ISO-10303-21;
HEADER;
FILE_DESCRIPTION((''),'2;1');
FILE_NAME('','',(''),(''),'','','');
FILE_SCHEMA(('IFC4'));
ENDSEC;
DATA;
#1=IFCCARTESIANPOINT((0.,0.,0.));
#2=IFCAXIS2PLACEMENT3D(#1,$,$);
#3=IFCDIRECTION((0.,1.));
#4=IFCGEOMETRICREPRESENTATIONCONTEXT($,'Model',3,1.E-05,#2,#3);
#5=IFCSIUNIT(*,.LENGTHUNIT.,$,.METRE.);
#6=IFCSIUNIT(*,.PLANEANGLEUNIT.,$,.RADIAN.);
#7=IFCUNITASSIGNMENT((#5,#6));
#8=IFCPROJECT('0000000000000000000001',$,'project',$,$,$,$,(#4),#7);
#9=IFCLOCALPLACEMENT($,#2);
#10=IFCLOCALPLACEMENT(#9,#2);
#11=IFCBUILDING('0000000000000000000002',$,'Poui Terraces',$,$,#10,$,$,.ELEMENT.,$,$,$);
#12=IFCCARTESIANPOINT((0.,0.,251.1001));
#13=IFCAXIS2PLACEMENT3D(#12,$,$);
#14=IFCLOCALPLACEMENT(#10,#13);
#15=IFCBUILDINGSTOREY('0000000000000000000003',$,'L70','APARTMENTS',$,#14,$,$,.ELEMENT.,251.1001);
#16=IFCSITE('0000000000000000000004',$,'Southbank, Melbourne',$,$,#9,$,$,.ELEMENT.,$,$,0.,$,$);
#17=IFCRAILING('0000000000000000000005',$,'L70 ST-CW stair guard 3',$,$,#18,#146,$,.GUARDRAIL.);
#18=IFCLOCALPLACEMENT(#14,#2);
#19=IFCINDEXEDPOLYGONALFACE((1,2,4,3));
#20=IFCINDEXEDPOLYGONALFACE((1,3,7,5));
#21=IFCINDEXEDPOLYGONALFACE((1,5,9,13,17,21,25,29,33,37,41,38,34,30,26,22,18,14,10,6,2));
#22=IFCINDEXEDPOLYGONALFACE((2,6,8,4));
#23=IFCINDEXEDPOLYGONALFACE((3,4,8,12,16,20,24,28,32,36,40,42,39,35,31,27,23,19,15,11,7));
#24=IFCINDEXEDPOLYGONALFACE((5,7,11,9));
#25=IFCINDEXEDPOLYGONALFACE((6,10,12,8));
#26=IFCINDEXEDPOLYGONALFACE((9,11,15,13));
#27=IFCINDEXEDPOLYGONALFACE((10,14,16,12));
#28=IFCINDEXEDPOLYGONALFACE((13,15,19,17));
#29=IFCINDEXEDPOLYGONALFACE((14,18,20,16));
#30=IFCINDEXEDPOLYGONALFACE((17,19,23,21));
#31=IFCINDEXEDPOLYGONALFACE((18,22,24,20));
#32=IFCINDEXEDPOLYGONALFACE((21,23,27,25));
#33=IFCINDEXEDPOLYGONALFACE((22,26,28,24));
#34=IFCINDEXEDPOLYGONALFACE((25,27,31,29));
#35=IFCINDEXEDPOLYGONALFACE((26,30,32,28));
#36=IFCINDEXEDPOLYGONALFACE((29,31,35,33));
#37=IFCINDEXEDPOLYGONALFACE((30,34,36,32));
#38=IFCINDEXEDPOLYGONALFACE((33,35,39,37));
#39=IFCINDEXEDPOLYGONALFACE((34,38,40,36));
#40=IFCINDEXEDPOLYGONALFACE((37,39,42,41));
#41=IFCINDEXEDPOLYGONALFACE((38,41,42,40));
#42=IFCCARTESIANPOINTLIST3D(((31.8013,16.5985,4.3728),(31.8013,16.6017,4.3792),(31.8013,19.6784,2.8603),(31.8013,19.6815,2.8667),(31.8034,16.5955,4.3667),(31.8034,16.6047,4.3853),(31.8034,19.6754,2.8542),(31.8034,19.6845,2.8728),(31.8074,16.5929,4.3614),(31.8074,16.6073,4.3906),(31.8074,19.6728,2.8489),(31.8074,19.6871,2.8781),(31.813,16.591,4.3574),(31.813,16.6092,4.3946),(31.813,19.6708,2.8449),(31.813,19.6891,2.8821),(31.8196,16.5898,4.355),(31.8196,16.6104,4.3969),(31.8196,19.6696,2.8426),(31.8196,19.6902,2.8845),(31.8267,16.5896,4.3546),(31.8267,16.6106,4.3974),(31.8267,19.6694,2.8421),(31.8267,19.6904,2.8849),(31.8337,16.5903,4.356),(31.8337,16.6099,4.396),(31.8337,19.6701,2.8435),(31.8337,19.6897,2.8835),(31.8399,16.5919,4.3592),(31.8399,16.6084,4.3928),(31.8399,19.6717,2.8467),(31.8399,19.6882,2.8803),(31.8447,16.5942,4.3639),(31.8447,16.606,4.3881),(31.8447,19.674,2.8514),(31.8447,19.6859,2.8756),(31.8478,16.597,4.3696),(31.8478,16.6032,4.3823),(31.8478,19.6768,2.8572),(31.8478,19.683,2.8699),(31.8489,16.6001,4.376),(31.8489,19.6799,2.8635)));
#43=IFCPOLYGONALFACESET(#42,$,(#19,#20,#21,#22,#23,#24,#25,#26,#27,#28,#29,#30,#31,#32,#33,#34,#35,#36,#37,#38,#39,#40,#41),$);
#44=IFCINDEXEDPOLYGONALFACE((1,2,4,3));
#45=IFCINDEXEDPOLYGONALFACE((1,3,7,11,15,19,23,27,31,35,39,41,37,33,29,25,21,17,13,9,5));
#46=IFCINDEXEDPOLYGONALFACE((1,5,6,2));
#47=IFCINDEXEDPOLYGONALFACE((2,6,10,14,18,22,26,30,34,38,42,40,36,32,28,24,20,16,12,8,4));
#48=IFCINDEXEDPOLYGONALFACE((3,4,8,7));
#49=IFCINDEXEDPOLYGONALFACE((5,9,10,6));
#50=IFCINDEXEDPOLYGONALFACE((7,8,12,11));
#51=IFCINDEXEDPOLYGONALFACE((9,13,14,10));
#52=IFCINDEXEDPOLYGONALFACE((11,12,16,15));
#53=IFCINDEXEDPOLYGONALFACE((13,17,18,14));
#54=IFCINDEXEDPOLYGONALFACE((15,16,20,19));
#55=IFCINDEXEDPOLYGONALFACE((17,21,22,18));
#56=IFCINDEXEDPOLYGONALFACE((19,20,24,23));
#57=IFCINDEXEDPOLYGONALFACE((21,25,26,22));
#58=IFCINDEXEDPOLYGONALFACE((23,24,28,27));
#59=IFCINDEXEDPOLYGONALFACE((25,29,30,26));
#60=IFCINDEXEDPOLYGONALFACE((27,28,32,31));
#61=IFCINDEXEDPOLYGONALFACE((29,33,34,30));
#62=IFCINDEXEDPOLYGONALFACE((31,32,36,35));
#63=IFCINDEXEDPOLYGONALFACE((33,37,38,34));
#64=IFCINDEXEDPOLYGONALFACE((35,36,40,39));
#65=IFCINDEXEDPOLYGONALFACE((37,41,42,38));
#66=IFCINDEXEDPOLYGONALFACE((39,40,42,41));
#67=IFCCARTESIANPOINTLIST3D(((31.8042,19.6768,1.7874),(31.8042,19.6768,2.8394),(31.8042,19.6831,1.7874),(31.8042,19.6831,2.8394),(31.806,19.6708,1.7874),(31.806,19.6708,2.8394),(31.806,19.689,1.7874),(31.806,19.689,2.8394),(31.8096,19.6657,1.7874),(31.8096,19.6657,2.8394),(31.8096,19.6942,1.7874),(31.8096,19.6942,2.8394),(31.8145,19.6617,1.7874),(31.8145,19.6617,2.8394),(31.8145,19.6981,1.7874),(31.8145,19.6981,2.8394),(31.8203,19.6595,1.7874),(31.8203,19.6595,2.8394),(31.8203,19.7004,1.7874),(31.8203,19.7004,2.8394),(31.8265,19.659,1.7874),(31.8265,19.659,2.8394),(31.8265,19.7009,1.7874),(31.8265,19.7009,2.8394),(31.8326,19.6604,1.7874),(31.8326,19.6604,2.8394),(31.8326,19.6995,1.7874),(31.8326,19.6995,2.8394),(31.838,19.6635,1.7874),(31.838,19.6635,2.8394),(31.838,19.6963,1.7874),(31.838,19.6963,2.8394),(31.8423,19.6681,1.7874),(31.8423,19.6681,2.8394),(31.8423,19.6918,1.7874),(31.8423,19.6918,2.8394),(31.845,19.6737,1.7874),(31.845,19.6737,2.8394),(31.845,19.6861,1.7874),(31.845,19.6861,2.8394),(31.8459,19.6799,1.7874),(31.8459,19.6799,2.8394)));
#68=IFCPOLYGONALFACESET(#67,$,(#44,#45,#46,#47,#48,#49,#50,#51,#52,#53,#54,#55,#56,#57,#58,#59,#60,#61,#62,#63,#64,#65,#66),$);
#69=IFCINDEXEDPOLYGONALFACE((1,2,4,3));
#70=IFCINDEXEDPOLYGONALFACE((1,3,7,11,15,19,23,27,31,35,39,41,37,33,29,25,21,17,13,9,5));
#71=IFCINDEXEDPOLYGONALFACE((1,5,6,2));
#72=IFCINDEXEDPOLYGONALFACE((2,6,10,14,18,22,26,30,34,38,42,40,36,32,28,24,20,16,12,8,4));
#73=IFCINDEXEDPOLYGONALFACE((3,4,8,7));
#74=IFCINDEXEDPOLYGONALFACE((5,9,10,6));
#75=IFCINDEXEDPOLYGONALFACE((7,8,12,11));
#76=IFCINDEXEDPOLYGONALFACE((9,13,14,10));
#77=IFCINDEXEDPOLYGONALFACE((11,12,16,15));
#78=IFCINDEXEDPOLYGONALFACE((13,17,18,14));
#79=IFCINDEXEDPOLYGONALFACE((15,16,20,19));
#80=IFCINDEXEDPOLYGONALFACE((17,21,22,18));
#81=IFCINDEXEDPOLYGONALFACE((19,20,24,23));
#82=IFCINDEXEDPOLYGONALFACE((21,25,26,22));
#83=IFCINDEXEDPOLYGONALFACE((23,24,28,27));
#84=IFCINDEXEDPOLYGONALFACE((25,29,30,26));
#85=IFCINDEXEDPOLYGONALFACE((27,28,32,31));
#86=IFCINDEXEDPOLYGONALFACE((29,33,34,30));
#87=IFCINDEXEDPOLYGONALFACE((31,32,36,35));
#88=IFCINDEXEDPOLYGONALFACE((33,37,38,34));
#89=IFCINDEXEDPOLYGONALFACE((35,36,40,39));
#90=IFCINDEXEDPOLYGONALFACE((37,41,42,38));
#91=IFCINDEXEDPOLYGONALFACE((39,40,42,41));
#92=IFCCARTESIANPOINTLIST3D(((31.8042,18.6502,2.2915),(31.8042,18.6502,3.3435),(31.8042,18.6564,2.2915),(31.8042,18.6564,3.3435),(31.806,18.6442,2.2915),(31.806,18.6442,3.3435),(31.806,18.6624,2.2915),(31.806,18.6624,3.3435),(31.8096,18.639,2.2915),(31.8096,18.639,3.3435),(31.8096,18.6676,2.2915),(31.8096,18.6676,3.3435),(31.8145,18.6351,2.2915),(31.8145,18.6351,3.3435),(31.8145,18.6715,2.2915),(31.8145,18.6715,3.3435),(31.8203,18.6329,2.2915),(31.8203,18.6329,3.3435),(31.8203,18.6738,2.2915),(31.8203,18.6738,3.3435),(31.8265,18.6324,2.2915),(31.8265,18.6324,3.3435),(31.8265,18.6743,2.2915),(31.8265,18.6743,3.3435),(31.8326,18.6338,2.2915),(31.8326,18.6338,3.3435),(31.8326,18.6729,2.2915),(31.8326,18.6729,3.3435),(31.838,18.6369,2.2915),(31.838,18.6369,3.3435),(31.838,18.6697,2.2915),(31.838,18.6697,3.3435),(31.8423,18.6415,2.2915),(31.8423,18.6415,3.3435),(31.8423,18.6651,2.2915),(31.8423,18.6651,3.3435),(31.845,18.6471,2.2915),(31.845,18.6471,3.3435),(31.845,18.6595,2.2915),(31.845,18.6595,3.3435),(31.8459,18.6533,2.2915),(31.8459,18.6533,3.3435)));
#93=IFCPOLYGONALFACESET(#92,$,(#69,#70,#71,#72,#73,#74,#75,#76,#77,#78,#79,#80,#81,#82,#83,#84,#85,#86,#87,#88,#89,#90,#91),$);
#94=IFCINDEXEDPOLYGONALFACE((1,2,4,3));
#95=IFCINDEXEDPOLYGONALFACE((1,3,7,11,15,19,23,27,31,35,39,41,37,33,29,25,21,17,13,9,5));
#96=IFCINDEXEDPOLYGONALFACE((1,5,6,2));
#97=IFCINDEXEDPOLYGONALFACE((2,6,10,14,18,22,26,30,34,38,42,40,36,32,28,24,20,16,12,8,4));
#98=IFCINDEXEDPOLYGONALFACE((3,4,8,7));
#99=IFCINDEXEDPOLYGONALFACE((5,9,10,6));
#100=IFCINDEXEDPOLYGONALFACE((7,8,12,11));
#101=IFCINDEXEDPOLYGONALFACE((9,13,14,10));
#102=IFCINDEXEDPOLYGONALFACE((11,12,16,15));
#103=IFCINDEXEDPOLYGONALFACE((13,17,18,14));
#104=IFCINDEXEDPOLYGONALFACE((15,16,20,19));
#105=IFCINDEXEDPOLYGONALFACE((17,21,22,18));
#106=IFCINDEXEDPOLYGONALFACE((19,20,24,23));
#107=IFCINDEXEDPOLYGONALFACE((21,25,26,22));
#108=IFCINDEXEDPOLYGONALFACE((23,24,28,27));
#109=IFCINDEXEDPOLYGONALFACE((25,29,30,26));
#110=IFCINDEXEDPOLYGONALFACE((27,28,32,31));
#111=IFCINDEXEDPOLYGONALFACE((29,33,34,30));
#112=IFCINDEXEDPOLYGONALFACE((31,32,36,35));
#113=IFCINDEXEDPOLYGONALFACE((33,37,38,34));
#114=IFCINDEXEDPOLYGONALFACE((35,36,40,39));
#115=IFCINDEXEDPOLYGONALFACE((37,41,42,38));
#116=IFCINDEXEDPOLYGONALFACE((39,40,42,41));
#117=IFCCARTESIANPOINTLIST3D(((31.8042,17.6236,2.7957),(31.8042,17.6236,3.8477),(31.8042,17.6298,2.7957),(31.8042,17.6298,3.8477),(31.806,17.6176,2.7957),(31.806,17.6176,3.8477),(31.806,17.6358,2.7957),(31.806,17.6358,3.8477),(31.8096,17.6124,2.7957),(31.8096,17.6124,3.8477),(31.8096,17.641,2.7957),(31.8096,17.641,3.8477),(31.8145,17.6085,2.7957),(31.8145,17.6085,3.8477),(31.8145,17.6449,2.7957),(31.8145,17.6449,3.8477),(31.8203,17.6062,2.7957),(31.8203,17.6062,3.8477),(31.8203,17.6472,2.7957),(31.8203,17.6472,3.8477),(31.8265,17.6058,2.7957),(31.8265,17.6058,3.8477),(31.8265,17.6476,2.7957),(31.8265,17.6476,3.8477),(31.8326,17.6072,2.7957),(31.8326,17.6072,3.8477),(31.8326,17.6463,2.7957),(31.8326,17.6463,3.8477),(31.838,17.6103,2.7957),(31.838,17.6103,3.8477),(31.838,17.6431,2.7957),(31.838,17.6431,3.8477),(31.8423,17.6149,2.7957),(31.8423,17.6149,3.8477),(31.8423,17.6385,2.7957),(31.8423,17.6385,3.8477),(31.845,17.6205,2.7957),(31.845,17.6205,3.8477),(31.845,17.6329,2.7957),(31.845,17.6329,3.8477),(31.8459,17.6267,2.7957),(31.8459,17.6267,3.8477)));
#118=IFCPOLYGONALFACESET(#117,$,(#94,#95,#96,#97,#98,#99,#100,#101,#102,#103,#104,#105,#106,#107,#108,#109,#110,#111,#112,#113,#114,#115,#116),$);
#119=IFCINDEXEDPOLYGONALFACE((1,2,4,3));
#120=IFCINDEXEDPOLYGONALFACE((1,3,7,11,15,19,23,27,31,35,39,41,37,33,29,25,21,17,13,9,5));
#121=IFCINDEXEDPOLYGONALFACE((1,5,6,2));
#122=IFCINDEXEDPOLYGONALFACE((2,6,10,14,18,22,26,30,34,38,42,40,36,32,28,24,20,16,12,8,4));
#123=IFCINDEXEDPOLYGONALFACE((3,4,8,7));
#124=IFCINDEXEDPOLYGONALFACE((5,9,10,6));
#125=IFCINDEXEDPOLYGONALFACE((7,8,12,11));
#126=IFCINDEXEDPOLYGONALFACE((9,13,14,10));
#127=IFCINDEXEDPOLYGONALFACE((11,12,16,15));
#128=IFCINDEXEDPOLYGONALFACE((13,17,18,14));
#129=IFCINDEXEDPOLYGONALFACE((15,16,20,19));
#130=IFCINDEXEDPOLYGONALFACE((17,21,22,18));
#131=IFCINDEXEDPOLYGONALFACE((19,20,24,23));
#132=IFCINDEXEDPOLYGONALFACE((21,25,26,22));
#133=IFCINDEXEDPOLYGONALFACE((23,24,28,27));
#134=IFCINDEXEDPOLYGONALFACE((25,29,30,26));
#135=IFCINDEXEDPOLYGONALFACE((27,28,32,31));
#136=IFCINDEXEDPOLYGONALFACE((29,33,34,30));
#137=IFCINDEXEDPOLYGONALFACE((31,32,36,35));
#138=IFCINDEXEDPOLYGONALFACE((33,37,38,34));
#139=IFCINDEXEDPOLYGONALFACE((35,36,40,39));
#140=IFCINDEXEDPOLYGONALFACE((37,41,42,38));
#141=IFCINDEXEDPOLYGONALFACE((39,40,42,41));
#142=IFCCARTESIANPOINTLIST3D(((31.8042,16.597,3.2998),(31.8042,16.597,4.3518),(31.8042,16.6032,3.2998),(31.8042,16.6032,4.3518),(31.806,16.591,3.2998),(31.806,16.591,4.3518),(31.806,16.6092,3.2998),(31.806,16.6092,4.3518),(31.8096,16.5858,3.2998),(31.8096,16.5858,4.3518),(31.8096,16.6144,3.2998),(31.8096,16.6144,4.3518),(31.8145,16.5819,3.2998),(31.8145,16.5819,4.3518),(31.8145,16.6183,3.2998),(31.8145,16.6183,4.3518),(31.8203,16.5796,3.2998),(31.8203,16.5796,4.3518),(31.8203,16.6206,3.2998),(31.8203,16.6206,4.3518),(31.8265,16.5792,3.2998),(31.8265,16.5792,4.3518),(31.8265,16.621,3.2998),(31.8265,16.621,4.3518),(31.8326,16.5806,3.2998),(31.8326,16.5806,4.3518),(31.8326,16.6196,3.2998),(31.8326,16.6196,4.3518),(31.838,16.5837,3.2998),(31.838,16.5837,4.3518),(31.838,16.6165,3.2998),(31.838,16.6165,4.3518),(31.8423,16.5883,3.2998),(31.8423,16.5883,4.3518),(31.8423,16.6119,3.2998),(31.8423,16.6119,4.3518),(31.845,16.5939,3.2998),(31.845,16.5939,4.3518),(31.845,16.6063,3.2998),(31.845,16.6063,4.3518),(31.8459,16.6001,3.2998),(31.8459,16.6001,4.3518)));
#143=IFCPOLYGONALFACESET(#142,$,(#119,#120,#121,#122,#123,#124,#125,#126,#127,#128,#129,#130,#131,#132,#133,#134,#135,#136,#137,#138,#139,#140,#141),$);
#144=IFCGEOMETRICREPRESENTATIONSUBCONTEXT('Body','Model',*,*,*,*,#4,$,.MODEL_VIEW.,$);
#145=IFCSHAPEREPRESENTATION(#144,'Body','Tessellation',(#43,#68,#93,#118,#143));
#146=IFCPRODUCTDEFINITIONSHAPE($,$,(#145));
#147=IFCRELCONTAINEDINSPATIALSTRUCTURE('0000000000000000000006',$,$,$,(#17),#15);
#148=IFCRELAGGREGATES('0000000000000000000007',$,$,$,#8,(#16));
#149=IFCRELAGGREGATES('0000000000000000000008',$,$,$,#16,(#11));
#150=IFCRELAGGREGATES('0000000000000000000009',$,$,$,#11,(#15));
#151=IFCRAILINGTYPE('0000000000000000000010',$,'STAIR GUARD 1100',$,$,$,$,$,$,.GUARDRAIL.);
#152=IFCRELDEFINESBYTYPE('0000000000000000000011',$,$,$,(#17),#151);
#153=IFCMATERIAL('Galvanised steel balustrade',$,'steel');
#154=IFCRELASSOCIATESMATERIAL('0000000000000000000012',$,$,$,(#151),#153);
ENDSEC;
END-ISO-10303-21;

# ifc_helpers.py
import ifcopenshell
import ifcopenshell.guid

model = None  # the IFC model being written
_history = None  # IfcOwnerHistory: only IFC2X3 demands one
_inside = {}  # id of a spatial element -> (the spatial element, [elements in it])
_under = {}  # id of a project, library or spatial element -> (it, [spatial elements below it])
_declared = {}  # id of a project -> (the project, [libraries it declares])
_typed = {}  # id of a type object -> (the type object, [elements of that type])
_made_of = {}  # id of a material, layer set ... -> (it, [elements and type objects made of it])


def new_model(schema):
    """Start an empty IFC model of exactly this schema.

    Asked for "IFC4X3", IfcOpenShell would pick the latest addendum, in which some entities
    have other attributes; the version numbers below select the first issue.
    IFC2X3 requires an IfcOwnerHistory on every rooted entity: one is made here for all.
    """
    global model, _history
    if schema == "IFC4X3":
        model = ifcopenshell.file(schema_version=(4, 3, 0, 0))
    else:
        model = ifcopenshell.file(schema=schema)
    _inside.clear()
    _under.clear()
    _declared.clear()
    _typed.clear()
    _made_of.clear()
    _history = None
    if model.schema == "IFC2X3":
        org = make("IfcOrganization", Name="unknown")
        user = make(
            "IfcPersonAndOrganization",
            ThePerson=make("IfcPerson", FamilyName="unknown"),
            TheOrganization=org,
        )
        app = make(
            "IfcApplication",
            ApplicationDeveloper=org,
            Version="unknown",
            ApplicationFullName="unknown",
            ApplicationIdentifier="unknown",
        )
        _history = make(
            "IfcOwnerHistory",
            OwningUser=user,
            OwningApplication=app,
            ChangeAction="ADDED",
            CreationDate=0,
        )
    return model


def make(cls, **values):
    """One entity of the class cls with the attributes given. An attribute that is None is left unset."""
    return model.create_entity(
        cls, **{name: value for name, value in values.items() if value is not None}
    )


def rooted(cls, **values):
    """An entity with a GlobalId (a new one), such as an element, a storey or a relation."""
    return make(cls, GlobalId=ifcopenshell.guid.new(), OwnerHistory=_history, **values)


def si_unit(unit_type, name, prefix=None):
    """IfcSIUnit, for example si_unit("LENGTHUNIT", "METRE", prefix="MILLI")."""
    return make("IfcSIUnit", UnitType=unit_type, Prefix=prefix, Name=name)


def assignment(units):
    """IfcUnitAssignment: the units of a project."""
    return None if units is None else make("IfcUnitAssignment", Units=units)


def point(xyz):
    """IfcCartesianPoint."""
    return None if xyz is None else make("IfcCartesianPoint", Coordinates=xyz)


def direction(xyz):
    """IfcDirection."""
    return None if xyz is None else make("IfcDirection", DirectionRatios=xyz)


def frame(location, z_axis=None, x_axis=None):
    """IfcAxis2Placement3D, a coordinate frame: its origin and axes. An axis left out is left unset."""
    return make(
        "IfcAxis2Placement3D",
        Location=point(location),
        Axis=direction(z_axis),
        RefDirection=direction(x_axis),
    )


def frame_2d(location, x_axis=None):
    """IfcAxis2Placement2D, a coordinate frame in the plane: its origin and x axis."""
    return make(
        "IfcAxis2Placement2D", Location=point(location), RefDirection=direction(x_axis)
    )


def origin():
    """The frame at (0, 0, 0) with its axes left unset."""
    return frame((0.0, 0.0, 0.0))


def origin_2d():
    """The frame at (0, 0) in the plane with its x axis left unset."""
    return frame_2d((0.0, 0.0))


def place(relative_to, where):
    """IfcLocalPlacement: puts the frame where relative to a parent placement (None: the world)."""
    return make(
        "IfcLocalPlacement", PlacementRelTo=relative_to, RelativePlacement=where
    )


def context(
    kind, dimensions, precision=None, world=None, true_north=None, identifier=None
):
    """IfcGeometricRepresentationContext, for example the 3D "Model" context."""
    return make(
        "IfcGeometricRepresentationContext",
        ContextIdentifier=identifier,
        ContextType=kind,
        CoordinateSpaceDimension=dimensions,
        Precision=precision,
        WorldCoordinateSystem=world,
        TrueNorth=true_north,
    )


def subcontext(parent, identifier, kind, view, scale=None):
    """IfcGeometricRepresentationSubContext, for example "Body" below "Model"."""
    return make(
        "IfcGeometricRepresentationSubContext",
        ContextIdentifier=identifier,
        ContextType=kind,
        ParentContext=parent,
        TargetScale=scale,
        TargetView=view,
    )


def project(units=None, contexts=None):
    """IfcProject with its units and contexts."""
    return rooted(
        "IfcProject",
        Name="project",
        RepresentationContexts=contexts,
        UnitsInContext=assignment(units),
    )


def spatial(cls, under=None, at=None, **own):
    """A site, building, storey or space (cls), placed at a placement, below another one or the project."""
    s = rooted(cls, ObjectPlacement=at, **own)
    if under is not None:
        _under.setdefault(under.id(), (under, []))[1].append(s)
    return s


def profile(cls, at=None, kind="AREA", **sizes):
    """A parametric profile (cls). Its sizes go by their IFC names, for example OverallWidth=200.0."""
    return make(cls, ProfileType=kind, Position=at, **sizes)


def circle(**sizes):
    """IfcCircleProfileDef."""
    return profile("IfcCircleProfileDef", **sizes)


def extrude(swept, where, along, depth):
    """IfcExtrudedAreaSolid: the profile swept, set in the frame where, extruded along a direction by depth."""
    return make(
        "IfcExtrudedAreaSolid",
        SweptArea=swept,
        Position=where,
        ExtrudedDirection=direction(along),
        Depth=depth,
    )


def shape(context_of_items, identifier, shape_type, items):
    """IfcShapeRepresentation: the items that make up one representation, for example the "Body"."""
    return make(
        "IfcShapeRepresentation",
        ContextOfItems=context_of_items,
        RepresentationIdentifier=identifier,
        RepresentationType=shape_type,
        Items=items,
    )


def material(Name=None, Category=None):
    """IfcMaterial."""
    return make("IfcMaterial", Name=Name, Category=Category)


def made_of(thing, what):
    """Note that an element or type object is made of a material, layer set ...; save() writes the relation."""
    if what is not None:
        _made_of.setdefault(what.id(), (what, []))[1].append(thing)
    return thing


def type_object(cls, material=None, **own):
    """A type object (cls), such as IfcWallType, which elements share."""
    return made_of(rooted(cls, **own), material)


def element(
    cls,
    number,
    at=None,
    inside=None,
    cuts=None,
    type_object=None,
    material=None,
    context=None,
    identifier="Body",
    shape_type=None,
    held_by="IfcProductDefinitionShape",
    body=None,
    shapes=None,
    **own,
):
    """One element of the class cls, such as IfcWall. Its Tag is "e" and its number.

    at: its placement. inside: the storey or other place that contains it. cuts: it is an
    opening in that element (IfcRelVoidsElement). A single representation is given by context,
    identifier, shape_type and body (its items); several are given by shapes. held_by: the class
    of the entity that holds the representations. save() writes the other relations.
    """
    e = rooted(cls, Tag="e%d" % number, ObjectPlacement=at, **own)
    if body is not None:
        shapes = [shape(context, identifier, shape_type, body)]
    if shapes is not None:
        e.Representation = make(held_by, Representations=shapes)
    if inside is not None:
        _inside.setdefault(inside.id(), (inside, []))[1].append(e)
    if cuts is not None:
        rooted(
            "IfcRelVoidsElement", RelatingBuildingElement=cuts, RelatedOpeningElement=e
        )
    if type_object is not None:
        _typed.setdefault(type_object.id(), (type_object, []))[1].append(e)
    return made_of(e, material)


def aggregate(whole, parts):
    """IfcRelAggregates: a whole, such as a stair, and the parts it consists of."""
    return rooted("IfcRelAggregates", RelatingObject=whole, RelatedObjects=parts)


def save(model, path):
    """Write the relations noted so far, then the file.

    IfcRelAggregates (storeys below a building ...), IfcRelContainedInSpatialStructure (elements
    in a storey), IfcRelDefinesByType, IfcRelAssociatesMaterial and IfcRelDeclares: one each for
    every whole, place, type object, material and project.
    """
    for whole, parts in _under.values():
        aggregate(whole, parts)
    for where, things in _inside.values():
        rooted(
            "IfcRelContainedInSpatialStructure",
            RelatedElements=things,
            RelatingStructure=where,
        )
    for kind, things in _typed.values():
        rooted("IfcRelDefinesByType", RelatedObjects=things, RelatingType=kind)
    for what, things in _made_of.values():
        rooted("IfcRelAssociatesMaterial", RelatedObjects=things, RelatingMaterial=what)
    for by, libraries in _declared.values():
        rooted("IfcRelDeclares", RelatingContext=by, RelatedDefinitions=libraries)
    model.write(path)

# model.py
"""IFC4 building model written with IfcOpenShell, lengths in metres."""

from ifc_helpers import new_model, si_unit, direction, frame, origin, origin_2d, place, context, subcontext, project, spatial, circle, extrude, material, type_object, element, save


model = new_model("IFC4")

# Units and contexts
model_context = context("Model", 3, precision=1e-05, world=origin(), true_north=direction((0.0, 1.0)))
body_context = subcontext(model_context, "Body", "Model", "MODEL_VIEW")
ifc_project = project(units=[si_unit("LENGTHUNIT", "METRE"), si_unit("PLANEANGLEUNIT", "RADIAN")], contexts=[model_context])

# Site, building, storey
site_placement = place(None, origin())
site = spatial("IfcSite", under=ifc_project, at=site_placement, Name="Southbank, Melbourne", CompositionType="ELEMENT", RefElevation=0.0)
building_placement = place(site_placement, origin())
building = spatial("IfcBuilding", under=site, at=building_placement, Name="Poui Terraces", CompositionType="ELEMENT")
storey_placement = place(building_placement, frame((0.0, 0.0, 251.1001)))
storey = spatial("IfcBuildingStorey", under=building, at=storey_placement, Name="L70", Description="APARTMENTS", CompositionType="ELEMENT", Elevation=251.1001)

# Railing
ifc_material_1 = material(Name="Galvanised steel balustrade", Category="steel")
railing_type_1 = type_object("IfcRailingType", Name="STAIR GUARD 1100", PredefinedType="GUARDRAIL", material=ifc_material_1)
railing_1_placement = place(storey_placement, frame((31.825, 19.6799, 1.7874)))
element("IfcRailing", 1, at=railing_1_placement, inside=storey, type_object=railing_type_1, Name="L70 ST-CW stair guard 3", PredefinedType="GUARDRAIL", context=body_context, shape_type="SweptSolid", body=[
    extrude(circle(Radius=0.0239, at=origin_2d()), frame((0.0, 0.0, 1.0762), z_axis=(0.0, -0.897606, 0.440798), x_axis=(1.0, 0.0, 0.0)), (0.0, 0.0, 1.0), 3.4312),
    extrude(circle(Radius=0.021, at=origin_2d()), origin(), (0.0, 0.0, 1.0), 1.052),
    extrude(circle(Radius=0.021, at=origin_2d()), frame((0.0, -1.0266, 0.5042)), (0.0, 0.0, 1.0), 1.052),
    extrude(circle(Radius=0.021, at=origin_2d()), frame((0.0, -2.0532, 1.0083)), (0.0, 0.0, 1.0), 1.052),
    extrude(circle(Radius=0.021, at=origin_2d()), frame((0.0, -3.0798, 1.5125)), (0.0, 0.0, 1.0), 1.052),
])

save(model, "model.ifc")
